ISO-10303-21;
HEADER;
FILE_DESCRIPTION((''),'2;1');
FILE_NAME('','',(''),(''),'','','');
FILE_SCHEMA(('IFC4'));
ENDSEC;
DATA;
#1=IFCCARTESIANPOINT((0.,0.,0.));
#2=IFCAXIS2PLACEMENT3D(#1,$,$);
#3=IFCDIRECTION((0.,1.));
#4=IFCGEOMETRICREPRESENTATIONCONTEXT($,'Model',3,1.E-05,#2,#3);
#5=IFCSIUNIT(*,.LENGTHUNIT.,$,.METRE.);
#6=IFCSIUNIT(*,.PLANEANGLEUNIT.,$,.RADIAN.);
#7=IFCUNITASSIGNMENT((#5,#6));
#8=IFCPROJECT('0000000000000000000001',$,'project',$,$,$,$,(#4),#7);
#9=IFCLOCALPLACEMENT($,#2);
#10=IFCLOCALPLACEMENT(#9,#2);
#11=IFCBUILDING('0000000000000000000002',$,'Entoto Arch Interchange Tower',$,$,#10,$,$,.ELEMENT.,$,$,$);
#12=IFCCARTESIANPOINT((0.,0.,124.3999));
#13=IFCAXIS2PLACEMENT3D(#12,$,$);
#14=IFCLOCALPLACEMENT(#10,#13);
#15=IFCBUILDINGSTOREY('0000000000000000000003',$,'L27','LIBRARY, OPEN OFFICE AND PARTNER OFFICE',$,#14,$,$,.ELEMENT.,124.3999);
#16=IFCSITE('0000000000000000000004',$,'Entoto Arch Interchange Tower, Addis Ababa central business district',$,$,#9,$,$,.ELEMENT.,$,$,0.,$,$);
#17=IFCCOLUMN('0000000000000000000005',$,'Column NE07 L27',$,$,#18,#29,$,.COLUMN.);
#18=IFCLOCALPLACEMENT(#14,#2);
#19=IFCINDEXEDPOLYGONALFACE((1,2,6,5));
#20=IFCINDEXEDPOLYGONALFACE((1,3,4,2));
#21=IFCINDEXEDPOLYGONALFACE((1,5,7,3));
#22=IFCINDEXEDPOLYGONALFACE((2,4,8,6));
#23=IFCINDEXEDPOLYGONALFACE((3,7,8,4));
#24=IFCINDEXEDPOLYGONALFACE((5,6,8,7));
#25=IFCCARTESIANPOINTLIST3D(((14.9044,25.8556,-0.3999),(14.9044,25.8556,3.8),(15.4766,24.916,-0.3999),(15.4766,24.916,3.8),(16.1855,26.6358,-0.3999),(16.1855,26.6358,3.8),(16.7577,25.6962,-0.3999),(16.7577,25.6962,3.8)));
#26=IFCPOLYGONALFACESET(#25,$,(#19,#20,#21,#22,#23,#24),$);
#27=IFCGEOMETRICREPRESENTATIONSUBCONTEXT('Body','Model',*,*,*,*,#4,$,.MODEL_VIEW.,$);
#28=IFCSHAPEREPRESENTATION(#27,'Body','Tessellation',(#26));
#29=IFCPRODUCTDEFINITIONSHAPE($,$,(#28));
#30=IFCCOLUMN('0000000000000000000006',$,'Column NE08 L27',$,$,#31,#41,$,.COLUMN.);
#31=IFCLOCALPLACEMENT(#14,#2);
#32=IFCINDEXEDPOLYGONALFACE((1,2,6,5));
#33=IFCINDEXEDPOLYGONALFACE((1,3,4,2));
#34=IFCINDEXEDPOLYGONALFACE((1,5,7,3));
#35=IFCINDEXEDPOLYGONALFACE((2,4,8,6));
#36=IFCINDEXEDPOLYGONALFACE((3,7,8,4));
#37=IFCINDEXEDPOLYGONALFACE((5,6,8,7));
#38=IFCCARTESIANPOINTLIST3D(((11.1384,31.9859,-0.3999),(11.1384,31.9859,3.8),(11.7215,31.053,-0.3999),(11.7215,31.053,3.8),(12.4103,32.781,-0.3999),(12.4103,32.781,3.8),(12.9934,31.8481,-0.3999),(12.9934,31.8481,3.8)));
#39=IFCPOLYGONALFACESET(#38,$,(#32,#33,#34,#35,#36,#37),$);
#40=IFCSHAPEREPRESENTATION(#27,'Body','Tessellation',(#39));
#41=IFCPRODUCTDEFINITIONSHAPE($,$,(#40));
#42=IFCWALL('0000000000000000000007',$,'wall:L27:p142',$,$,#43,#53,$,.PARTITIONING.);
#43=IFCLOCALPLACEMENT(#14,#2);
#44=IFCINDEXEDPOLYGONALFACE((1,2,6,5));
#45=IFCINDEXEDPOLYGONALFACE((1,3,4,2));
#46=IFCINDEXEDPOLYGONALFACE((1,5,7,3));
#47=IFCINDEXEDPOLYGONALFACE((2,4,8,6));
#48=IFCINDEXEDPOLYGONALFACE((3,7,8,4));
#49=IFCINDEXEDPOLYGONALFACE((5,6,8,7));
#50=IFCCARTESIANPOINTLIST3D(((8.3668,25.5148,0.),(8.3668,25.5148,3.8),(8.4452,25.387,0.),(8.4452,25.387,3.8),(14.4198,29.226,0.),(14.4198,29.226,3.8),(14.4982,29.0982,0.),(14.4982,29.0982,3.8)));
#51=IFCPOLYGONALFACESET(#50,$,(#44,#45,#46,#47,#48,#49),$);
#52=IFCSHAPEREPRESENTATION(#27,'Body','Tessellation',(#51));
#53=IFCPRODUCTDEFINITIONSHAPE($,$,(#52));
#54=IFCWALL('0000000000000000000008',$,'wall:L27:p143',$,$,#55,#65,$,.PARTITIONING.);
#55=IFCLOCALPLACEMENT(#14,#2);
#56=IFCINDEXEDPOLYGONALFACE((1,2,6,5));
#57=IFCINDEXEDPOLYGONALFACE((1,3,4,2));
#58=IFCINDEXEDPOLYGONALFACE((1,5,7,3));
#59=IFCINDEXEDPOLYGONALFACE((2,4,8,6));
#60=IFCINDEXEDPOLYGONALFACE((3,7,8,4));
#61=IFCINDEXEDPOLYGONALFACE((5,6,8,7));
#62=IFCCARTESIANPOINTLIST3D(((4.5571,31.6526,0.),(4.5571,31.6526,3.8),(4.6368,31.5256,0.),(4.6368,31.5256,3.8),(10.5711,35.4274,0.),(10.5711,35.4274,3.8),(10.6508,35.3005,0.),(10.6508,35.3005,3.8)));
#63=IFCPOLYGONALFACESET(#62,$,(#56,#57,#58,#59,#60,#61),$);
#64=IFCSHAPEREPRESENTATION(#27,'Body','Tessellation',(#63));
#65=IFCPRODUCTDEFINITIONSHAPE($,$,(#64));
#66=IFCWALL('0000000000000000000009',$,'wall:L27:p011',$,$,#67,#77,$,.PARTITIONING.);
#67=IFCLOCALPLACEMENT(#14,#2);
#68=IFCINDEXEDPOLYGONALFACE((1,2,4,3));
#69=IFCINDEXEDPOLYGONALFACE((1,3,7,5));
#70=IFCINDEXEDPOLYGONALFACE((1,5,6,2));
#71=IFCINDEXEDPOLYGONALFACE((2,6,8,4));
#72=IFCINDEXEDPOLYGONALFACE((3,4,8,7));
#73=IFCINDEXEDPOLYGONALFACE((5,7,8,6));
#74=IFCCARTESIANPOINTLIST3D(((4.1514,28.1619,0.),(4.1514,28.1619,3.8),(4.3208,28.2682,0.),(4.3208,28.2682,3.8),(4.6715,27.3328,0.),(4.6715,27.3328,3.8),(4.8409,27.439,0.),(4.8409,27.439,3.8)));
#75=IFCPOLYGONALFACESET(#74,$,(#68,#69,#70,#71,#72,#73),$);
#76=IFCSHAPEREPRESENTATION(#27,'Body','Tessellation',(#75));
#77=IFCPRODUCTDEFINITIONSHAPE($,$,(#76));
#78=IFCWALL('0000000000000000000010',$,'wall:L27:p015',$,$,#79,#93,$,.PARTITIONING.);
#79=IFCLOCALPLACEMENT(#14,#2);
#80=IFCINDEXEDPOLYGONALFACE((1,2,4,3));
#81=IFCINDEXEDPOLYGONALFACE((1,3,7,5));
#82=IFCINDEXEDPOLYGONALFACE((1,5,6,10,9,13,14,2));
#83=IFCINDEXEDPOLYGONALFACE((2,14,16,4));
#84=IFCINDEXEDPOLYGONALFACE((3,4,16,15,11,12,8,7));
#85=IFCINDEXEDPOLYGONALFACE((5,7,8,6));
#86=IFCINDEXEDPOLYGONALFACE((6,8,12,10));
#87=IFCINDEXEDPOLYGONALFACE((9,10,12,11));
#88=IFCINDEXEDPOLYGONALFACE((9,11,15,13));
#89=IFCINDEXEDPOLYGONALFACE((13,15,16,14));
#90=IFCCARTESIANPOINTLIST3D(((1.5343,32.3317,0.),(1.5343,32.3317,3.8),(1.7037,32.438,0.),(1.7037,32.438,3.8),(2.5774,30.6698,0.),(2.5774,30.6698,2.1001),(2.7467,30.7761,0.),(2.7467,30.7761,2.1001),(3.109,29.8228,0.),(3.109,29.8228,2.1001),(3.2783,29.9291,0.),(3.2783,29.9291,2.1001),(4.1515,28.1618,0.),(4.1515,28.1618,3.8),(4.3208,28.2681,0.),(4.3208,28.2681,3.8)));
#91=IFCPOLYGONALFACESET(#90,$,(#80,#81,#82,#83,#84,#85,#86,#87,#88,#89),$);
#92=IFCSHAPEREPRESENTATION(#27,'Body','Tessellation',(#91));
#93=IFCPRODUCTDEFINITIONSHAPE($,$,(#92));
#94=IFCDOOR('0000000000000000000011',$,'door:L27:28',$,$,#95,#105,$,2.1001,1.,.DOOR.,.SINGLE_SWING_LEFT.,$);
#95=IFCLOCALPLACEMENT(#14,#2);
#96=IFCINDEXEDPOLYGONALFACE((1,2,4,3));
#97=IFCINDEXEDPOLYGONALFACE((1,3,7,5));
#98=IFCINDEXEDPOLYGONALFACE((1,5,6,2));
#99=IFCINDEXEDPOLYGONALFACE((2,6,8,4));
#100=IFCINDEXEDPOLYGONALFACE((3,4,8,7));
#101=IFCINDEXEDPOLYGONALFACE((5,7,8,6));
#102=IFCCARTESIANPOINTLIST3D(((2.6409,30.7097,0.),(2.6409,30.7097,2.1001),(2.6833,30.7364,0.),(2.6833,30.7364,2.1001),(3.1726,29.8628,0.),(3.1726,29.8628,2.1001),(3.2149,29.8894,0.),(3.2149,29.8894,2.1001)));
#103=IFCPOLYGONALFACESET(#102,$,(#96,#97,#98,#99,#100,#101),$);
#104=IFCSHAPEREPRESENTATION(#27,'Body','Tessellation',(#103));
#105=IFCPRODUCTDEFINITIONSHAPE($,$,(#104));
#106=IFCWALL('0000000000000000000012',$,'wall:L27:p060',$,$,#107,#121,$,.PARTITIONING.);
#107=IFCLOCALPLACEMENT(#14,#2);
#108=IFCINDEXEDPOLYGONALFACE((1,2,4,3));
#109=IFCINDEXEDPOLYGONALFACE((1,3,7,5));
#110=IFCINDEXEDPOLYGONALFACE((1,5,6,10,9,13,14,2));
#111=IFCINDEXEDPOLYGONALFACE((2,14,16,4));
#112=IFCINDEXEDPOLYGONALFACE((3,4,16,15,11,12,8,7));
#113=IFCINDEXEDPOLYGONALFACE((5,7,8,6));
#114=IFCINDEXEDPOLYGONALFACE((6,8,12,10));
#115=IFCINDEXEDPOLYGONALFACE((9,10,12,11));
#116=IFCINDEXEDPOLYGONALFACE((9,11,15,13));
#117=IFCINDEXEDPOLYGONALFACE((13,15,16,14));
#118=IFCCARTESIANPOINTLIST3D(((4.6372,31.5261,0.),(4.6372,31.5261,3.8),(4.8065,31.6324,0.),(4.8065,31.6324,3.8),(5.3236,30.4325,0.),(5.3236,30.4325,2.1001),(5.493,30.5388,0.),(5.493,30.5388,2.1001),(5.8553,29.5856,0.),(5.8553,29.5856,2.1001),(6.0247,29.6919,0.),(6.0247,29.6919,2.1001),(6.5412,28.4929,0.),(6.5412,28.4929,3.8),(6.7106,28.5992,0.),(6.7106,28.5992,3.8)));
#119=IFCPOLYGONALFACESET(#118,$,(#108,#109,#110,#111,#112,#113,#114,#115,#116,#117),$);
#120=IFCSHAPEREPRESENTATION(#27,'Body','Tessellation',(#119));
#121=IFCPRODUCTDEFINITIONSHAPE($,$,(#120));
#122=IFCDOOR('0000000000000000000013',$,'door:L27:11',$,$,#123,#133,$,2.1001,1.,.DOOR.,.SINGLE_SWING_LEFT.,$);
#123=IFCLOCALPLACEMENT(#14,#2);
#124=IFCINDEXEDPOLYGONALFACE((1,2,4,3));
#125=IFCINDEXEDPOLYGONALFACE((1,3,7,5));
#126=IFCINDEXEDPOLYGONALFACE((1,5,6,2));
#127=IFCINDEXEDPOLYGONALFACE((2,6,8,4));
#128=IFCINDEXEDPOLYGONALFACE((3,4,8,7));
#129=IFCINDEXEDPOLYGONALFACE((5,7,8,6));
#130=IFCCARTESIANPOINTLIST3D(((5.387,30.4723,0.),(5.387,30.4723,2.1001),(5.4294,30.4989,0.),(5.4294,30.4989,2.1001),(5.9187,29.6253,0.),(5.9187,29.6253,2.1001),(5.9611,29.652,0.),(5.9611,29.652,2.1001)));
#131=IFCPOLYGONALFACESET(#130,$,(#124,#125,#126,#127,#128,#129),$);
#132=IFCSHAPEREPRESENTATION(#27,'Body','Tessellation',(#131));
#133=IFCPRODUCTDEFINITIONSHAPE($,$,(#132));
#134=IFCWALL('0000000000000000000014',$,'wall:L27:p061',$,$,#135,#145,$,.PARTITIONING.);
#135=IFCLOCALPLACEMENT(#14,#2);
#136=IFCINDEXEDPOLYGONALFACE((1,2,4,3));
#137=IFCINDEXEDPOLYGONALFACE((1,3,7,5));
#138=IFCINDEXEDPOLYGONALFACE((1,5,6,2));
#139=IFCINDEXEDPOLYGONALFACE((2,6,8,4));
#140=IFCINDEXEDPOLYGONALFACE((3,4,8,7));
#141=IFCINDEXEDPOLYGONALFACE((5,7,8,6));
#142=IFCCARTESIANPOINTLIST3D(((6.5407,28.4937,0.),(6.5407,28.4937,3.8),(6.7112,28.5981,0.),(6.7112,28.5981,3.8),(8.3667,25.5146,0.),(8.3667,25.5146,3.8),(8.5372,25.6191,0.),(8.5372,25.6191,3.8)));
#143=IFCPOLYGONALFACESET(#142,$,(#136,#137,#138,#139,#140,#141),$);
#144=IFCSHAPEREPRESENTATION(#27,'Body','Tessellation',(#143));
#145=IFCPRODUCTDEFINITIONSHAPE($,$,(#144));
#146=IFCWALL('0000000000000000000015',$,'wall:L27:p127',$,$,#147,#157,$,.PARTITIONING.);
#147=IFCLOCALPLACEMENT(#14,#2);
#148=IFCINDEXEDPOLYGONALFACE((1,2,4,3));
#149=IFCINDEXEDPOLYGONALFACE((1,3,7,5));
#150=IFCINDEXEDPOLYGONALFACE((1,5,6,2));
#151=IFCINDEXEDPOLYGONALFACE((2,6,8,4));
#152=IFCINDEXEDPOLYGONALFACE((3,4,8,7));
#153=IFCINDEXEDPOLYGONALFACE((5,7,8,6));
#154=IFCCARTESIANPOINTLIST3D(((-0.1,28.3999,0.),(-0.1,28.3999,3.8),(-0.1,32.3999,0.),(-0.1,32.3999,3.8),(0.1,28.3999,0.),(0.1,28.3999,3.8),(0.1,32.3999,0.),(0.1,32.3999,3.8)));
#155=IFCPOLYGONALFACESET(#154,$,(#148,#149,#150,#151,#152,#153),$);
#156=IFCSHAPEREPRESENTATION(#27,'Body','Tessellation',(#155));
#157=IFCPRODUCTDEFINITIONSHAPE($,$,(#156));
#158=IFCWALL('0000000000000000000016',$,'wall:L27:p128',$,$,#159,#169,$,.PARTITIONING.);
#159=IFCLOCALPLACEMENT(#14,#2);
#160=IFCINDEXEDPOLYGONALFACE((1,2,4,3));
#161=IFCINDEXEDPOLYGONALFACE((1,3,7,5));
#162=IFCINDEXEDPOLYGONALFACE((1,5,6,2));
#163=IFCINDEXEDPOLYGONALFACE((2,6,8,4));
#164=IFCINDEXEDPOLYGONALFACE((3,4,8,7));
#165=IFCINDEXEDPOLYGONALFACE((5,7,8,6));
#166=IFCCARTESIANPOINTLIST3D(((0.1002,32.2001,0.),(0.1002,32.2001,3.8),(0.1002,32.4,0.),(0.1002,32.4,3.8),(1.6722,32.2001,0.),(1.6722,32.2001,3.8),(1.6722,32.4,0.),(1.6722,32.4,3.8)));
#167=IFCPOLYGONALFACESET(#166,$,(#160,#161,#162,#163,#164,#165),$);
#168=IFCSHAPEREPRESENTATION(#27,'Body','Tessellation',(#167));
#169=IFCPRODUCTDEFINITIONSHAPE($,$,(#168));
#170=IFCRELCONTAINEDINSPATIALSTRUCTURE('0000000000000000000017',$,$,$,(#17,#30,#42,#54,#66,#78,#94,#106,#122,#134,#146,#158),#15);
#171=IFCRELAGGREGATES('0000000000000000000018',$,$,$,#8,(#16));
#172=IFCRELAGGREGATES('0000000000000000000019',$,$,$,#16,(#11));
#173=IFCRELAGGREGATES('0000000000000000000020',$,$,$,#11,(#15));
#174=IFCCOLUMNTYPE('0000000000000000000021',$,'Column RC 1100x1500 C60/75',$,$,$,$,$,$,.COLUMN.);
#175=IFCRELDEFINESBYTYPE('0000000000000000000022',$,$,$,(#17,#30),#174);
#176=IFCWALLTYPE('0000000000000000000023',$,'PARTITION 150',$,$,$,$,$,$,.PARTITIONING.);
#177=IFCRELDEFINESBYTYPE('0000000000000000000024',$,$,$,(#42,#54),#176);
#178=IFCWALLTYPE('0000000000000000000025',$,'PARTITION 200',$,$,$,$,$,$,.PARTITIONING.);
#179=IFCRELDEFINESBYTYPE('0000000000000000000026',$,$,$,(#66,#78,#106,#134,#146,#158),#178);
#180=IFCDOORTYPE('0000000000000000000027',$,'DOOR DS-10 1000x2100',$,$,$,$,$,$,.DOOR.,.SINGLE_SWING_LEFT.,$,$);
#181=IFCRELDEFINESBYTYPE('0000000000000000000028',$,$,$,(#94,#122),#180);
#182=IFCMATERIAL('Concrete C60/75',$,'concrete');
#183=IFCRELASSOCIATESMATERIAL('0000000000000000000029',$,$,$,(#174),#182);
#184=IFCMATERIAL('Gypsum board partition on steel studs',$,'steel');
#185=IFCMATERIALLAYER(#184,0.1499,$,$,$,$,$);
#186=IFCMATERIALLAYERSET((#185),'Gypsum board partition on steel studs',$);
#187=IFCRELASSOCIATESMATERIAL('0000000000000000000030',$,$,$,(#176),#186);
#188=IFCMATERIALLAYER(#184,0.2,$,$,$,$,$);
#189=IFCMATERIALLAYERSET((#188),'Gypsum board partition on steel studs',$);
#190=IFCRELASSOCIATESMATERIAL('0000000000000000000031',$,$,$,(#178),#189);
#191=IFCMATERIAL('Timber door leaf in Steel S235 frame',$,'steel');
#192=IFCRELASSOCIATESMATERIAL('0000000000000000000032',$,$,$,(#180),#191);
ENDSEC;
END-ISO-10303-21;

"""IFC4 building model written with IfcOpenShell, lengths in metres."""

from ifc_helpers import new_model, si_unit, direction, frame, frame_2d, origin, origin_2d, place, context, subcontext, project, spatial, rectangle, extrude, material, layer, layer_set, material_profile, profile_set, type_object, element, fill, save


model = new_model("IFC4")

# Units and contexts
model_context = context("Model", 3, precision=1e-05, world=origin(), true_north=direction((0.0, 1.0)))
body_context = subcontext(model_context, "Body", "Model", "MODEL_VIEW")
ifc_project = project(units=[si_unit("LENGTHUNIT", "METRE"), si_unit("PLANEANGLEUNIT", "RADIAN")], contexts=[model_context])

# Site, building, storey
site_placement = place(None, origin())
site = spatial("IfcSite", under=ifc_project, at=site_placement, Name="Entoto Arch Interchange Tower, Addis Ababa central business district", CompositionType="ELEMENT", RefElevation=0.0)
building_placement = place(site_placement, origin())
building = spatial("IfcBuilding", under=site, at=building_placement, Name="Entoto Arch Interchange Tower", CompositionType="ELEMENT")
storey_placement = place(building_placement, frame((0.0, 0.0, 124.3999)))
storey = spatial("IfcBuildingStorey", under=building, at=storey_placement, Name="L27", Description="LIBRARY, OPEN OFFICE AND PARTNER OFFICE", CompositionType="ELEMENT", Elevation=124.3999)

# Columns
ifc_material_1 = material(Name="Concrete C60/75", Category="concrete")
ifc_material_profile = material_profile(ifc_material_1, rectangle(XDim=1.1001, YDim=1.5, at=origin_2d()))
ifc_profile_set = profile_set([ifc_material_profile], Name="Concrete C60/75")
column_type = type_object("IfcColumnType", Name="Column RC 1100x1500 C60/75", PredefinedType="COLUMN", material=ifc_profile_set)
for number, where, z_axis, x_axis, name in (
    (1, (15.8311, 25.7759, -0.3999), (0.0, 0.0, 1.0), (-0.520116, 0.854096, 0.0), "Column NE07 L27"),
    (2, (12.0659, 31.917, -0.3999), (0.0, 0.0, 1.0), (-0.530067, 0.847956, 0.0), "Column NE08 L27"),
):
    element("IfcColumn", number, at=place(storey_placement, frame(where, z_axis=z_axis, x_axis=x_axis)), inside=storey, type_object=column_type, Name=name, PredefinedType="COLUMN", context=body_context, shape_type="SweptSolid", body=[
        extrude(rectangle(XDim=1.1001, YDim=1.5, at=origin_2d()), origin(), (0.0, 0.0, 1.0), 4.2),
    ])

# Walls
ifc_material_2 = material(Name="Gypsum board partition on steel studs", Category="steel")
ifc_layer_1 = layer(ifc_material_2, 0.1499)
ifc_layer_set_1 = layer_set([ifc_layer_1], Name="Gypsum board partition on steel studs")
wall_type_1 = type_object("IfcWallType", Name="PARTITION 150", PredefinedType="PARTITIONING", material=ifc_layer_set_1)
wall_1_placement = place(storey_placement, frame((8.406, 25.4509, 0.0), z_axis=(0.0, 0.0, 1.0), x_axis=(0.85252, 0.522694, 0.0)))
element("IfcWall", 3, at=wall_1_placement, inside=storey, type_object=wall_type_1, Name="wall:L27:p142", PredefinedType="PARTITIONING", context=body_context, shape_type="SweptSolid", body=[
    extrude(rectangle(XDim=7.1001, YDim=0.1499, at=frame_2d((3.55, 0.0))), origin(), (0.0, 0.0, 1.0), 3.8),
])
wall_2_placement = place(storey_placement, frame((4.5969, 31.5891, 0.0), z_axis=(0.0, 0.0, 1.0), x_axis=(0.846981, 0.531624, 0.0)))
element("IfcWall", 4, at=wall_2_placement, inside=storey, type_object=wall_type_1, Name="wall:L27:p143", PredefinedType="PARTITIONING", context=body_context, shape_type="SweptSolid", body=[
    extrude(rectangle(XDim=7.1006, YDim=0.1499, at=frame_2d((3.5503, 0.0))), origin(), (0.0, 0.0, 1.0), 3.8),
])
ifc_layer_2 = layer(ifc_material_2, 0.2)
ifc_layer_set_2 = layer_set([ifc_layer_2], Name="Gypsum board partition on steel studs")
wall_type_2 = type_object("IfcWallType", Name="PARTITION 200", PredefinedType="PARTITIONING", material=ifc_layer_set_2)
wall_3_placement = place(storey_placement, frame((4.7561, 27.386, 0.0), z_axis=(0.0, 0.0, 1.0), x_axis=(-0.531344, 0.847156, 0.0)))
element("IfcWall", 5, at=wall_3_placement, inside=storey, type_object=wall_type_2, Name="wall:L27:p011", PredefinedType="PARTITIONING", context=body_context, shape_type="SweptSolid", body=[
    extrude(rectangle(XDim=0.9788, YDim=0.2, at=frame_2d((0.4893, 0.0))), origin(), (0.0, 0.0, 1.0), 3.8),
])

# Walls, openings, doors
wall_4_placement = place(storey_placement, frame((4.2361, 28.2151, 0.0), z_axis=(0.0, 0.0, 1.0), x_axis=(-0.531603, 0.846994, 0.0)))
wall_4 = element("IfcWall", 6, at=wall_4_placement, inside=storey, type_object=wall_type_2, Name="wall:L27:p015", PredefinedType="PARTITIONING", context=body_context, shape_type="SweptSolid", body=[
    extrude(rectangle(XDim=4.9231, YDim=0.2, at=frame_2d((2.4614, 0.0))), origin(), (0.0, 0.0, 1.0), 3.8),
])
opening_1_placement = place(wall_4_placement, frame((1.9609, 0.0, 0.0)))
opening_1 = element("IfcOpeningElement", 7, at=opening_1_placement, cuts=wall_4, PredefinedType="OPENING", context=body_context, shape_type="SweptSolid", body=[
    extrude(rectangle(XDim=1.0, YDim=2.1001, at=frame_2d((0.5, 1.05))), frame((0.0, 0.1099, 0.0), z_axis=(0.0, -1.0, 0.0), x_axis=(1.0, 0.0, 0.0)), (0.0, 0.0, 1.0), 0.22),
])
ifc_material_3 = material(Name="Timber door leaf in Steel S235 frame", Category="steel")
door_type = type_object("IfcDoorType", Name="DOOR DS-10 1000x2100", OperationType="SINGLE_SWING_LEFT", PredefinedType="DOOR", material=ifc_material_3)
door_1_placement = place(opening_1_placement, origin())
door_1 = element("IfcDoor", 8, at=door_1_placement, inside=storey, type_object=door_type, Name="door:L27:28", OperationType="SINGLE_SWING_LEFT", OverallHeight=2.1001, OverallWidth=1.0, PredefinedType="DOOR", context=body_context, shape_type="SweptSolid", body=[
    extrude(rectangle(XDim=1.0, YDim=2.1001, at=frame_2d((0.5, 1.05))), frame((0.0, 0.0249, 0.0), z_axis=(0.0, -1.0, 0.0), x_axis=(1.0, 0.0, 0.0)), (0.0, 0.0, 1.0), 0.05),
])
fill(opening_1, door_1)
wall_5_placement = place(storey_placement, frame((4.7219, 31.5791, 0.0), z_axis=(0.0, 0.0, 1.0), x_axis=(0.531665, -0.846955, 0.0)))
wall_5 = element("IfcWall", 9, at=wall_5_placement, inside=storey, type_object=wall_type_2, Name="wall:L27:p060", PredefinedType="PARTITIONING", context=body_context, shape_type="SweptSolid", body=[
    extrude(rectangle(XDim=3.5813, YDim=0.2, at=frame_2d((1.7905, 0.0))), origin(), (0.0, 0.0, 1.0), 3.8),
])
opening_2_placement = place(wall_5_placement, frame((1.291, 0.0, 0.0)))
opening_2 = element("IfcOpeningElement", 10, at=opening_2_placement, cuts=wall_5, PredefinedType="OPENING", context=body_context, shape_type="SweptSolid", body=[
    extrude(rectangle(XDim=1.0, YDim=2.1001, at=frame_2d((0.5, 1.05))), frame((0.0, 0.1099, 0.0), z_axis=(0.0, -1.0, 0.0), x_axis=(1.0, 0.0, 0.0)), (0.0, 0.0, 1.0), 0.22),
])
door_2_placement = place(opening_2_placement, origin())
door_2 = element("IfcDoor", 11, at=door_2_placement, inside=storey, type_object=door_type, Name="door:L27:11", OperationType="SINGLE_SWING_LEFT", OverallHeight=2.1001, OverallWidth=1.0, PredefinedType="DOOR", context=body_context, shape_type="SweptSolid", body=[
    extrude(rectangle(XDim=1.0, YDim=2.1001, at=frame_2d((0.5, 1.05))), frame((0.0, 0.0249, 0.0), z_axis=(0.0, -1.0, 0.0), x_axis=(1.0, 0.0, 0.0)), (0.0, 0.0, 1.0), 0.05),
])
fill(opening_2, door_2)

# Walls
wall_6_placement = place(storey_placement, frame((6.626, 28.5459, 0.0), z_axis=(0.0, 0.0, 1.0), x_axis=(0.52258, -0.85259, 0.0)))
element("IfcWall", 12, at=wall_6_placement, inside=storey, type_object=wall_type_2, Name="wall:L27:p061", PredefinedType="PARTITIONING", context=body_context, shape_type="SweptSolid", body=[
    extrude(rectangle(XDim=3.4941, YDim=0.2, at=frame_2d((1.7471, 0.0))), origin(), (0.0, 0.0, 1.0), 3.8),
])
wall_7_placement = place(storey_placement, frame((0.0, 28.3999, 0.0), z_axis=(0.0, 0.0, 1.0), x_axis=(0.0, 1.0, 0.0)))
element("IfcWall", 13, at=wall_7_placement, inside=storey, type_object=wall_type_2, Name="wall:L27:p127", PredefinedType="PARTITIONING", context=body_context, shape_type="SweptSolid", body=[
    extrude(rectangle(XDim=4.0, YDim=0.2, at=frame_2d((2.0, 0.0))), origin(), (0.0, 0.0, 1.0), 3.8),
])
wall_8_placement = place(storey_placement, frame((0.1001, 32.3, 0.0), z_axis=(0.0, 0.0, 1.0), x_axis=(1.0, 0.0, 0.0)))
element("IfcWall", 14, at=wall_8_placement, inside=storey, type_object=wall_type_2, Name="wall:L27:p128", PredefinedType="PARTITIONING", context=body_context, shape_type="SweptSolid", body=[
    extrude(rectangle(XDim=1.572, YDim=0.2, at=frame_2d((0.7861, 0.0))), origin(), (0.0, 0.0, 1.0), 3.8),
])

save(model, "model.ifc")
